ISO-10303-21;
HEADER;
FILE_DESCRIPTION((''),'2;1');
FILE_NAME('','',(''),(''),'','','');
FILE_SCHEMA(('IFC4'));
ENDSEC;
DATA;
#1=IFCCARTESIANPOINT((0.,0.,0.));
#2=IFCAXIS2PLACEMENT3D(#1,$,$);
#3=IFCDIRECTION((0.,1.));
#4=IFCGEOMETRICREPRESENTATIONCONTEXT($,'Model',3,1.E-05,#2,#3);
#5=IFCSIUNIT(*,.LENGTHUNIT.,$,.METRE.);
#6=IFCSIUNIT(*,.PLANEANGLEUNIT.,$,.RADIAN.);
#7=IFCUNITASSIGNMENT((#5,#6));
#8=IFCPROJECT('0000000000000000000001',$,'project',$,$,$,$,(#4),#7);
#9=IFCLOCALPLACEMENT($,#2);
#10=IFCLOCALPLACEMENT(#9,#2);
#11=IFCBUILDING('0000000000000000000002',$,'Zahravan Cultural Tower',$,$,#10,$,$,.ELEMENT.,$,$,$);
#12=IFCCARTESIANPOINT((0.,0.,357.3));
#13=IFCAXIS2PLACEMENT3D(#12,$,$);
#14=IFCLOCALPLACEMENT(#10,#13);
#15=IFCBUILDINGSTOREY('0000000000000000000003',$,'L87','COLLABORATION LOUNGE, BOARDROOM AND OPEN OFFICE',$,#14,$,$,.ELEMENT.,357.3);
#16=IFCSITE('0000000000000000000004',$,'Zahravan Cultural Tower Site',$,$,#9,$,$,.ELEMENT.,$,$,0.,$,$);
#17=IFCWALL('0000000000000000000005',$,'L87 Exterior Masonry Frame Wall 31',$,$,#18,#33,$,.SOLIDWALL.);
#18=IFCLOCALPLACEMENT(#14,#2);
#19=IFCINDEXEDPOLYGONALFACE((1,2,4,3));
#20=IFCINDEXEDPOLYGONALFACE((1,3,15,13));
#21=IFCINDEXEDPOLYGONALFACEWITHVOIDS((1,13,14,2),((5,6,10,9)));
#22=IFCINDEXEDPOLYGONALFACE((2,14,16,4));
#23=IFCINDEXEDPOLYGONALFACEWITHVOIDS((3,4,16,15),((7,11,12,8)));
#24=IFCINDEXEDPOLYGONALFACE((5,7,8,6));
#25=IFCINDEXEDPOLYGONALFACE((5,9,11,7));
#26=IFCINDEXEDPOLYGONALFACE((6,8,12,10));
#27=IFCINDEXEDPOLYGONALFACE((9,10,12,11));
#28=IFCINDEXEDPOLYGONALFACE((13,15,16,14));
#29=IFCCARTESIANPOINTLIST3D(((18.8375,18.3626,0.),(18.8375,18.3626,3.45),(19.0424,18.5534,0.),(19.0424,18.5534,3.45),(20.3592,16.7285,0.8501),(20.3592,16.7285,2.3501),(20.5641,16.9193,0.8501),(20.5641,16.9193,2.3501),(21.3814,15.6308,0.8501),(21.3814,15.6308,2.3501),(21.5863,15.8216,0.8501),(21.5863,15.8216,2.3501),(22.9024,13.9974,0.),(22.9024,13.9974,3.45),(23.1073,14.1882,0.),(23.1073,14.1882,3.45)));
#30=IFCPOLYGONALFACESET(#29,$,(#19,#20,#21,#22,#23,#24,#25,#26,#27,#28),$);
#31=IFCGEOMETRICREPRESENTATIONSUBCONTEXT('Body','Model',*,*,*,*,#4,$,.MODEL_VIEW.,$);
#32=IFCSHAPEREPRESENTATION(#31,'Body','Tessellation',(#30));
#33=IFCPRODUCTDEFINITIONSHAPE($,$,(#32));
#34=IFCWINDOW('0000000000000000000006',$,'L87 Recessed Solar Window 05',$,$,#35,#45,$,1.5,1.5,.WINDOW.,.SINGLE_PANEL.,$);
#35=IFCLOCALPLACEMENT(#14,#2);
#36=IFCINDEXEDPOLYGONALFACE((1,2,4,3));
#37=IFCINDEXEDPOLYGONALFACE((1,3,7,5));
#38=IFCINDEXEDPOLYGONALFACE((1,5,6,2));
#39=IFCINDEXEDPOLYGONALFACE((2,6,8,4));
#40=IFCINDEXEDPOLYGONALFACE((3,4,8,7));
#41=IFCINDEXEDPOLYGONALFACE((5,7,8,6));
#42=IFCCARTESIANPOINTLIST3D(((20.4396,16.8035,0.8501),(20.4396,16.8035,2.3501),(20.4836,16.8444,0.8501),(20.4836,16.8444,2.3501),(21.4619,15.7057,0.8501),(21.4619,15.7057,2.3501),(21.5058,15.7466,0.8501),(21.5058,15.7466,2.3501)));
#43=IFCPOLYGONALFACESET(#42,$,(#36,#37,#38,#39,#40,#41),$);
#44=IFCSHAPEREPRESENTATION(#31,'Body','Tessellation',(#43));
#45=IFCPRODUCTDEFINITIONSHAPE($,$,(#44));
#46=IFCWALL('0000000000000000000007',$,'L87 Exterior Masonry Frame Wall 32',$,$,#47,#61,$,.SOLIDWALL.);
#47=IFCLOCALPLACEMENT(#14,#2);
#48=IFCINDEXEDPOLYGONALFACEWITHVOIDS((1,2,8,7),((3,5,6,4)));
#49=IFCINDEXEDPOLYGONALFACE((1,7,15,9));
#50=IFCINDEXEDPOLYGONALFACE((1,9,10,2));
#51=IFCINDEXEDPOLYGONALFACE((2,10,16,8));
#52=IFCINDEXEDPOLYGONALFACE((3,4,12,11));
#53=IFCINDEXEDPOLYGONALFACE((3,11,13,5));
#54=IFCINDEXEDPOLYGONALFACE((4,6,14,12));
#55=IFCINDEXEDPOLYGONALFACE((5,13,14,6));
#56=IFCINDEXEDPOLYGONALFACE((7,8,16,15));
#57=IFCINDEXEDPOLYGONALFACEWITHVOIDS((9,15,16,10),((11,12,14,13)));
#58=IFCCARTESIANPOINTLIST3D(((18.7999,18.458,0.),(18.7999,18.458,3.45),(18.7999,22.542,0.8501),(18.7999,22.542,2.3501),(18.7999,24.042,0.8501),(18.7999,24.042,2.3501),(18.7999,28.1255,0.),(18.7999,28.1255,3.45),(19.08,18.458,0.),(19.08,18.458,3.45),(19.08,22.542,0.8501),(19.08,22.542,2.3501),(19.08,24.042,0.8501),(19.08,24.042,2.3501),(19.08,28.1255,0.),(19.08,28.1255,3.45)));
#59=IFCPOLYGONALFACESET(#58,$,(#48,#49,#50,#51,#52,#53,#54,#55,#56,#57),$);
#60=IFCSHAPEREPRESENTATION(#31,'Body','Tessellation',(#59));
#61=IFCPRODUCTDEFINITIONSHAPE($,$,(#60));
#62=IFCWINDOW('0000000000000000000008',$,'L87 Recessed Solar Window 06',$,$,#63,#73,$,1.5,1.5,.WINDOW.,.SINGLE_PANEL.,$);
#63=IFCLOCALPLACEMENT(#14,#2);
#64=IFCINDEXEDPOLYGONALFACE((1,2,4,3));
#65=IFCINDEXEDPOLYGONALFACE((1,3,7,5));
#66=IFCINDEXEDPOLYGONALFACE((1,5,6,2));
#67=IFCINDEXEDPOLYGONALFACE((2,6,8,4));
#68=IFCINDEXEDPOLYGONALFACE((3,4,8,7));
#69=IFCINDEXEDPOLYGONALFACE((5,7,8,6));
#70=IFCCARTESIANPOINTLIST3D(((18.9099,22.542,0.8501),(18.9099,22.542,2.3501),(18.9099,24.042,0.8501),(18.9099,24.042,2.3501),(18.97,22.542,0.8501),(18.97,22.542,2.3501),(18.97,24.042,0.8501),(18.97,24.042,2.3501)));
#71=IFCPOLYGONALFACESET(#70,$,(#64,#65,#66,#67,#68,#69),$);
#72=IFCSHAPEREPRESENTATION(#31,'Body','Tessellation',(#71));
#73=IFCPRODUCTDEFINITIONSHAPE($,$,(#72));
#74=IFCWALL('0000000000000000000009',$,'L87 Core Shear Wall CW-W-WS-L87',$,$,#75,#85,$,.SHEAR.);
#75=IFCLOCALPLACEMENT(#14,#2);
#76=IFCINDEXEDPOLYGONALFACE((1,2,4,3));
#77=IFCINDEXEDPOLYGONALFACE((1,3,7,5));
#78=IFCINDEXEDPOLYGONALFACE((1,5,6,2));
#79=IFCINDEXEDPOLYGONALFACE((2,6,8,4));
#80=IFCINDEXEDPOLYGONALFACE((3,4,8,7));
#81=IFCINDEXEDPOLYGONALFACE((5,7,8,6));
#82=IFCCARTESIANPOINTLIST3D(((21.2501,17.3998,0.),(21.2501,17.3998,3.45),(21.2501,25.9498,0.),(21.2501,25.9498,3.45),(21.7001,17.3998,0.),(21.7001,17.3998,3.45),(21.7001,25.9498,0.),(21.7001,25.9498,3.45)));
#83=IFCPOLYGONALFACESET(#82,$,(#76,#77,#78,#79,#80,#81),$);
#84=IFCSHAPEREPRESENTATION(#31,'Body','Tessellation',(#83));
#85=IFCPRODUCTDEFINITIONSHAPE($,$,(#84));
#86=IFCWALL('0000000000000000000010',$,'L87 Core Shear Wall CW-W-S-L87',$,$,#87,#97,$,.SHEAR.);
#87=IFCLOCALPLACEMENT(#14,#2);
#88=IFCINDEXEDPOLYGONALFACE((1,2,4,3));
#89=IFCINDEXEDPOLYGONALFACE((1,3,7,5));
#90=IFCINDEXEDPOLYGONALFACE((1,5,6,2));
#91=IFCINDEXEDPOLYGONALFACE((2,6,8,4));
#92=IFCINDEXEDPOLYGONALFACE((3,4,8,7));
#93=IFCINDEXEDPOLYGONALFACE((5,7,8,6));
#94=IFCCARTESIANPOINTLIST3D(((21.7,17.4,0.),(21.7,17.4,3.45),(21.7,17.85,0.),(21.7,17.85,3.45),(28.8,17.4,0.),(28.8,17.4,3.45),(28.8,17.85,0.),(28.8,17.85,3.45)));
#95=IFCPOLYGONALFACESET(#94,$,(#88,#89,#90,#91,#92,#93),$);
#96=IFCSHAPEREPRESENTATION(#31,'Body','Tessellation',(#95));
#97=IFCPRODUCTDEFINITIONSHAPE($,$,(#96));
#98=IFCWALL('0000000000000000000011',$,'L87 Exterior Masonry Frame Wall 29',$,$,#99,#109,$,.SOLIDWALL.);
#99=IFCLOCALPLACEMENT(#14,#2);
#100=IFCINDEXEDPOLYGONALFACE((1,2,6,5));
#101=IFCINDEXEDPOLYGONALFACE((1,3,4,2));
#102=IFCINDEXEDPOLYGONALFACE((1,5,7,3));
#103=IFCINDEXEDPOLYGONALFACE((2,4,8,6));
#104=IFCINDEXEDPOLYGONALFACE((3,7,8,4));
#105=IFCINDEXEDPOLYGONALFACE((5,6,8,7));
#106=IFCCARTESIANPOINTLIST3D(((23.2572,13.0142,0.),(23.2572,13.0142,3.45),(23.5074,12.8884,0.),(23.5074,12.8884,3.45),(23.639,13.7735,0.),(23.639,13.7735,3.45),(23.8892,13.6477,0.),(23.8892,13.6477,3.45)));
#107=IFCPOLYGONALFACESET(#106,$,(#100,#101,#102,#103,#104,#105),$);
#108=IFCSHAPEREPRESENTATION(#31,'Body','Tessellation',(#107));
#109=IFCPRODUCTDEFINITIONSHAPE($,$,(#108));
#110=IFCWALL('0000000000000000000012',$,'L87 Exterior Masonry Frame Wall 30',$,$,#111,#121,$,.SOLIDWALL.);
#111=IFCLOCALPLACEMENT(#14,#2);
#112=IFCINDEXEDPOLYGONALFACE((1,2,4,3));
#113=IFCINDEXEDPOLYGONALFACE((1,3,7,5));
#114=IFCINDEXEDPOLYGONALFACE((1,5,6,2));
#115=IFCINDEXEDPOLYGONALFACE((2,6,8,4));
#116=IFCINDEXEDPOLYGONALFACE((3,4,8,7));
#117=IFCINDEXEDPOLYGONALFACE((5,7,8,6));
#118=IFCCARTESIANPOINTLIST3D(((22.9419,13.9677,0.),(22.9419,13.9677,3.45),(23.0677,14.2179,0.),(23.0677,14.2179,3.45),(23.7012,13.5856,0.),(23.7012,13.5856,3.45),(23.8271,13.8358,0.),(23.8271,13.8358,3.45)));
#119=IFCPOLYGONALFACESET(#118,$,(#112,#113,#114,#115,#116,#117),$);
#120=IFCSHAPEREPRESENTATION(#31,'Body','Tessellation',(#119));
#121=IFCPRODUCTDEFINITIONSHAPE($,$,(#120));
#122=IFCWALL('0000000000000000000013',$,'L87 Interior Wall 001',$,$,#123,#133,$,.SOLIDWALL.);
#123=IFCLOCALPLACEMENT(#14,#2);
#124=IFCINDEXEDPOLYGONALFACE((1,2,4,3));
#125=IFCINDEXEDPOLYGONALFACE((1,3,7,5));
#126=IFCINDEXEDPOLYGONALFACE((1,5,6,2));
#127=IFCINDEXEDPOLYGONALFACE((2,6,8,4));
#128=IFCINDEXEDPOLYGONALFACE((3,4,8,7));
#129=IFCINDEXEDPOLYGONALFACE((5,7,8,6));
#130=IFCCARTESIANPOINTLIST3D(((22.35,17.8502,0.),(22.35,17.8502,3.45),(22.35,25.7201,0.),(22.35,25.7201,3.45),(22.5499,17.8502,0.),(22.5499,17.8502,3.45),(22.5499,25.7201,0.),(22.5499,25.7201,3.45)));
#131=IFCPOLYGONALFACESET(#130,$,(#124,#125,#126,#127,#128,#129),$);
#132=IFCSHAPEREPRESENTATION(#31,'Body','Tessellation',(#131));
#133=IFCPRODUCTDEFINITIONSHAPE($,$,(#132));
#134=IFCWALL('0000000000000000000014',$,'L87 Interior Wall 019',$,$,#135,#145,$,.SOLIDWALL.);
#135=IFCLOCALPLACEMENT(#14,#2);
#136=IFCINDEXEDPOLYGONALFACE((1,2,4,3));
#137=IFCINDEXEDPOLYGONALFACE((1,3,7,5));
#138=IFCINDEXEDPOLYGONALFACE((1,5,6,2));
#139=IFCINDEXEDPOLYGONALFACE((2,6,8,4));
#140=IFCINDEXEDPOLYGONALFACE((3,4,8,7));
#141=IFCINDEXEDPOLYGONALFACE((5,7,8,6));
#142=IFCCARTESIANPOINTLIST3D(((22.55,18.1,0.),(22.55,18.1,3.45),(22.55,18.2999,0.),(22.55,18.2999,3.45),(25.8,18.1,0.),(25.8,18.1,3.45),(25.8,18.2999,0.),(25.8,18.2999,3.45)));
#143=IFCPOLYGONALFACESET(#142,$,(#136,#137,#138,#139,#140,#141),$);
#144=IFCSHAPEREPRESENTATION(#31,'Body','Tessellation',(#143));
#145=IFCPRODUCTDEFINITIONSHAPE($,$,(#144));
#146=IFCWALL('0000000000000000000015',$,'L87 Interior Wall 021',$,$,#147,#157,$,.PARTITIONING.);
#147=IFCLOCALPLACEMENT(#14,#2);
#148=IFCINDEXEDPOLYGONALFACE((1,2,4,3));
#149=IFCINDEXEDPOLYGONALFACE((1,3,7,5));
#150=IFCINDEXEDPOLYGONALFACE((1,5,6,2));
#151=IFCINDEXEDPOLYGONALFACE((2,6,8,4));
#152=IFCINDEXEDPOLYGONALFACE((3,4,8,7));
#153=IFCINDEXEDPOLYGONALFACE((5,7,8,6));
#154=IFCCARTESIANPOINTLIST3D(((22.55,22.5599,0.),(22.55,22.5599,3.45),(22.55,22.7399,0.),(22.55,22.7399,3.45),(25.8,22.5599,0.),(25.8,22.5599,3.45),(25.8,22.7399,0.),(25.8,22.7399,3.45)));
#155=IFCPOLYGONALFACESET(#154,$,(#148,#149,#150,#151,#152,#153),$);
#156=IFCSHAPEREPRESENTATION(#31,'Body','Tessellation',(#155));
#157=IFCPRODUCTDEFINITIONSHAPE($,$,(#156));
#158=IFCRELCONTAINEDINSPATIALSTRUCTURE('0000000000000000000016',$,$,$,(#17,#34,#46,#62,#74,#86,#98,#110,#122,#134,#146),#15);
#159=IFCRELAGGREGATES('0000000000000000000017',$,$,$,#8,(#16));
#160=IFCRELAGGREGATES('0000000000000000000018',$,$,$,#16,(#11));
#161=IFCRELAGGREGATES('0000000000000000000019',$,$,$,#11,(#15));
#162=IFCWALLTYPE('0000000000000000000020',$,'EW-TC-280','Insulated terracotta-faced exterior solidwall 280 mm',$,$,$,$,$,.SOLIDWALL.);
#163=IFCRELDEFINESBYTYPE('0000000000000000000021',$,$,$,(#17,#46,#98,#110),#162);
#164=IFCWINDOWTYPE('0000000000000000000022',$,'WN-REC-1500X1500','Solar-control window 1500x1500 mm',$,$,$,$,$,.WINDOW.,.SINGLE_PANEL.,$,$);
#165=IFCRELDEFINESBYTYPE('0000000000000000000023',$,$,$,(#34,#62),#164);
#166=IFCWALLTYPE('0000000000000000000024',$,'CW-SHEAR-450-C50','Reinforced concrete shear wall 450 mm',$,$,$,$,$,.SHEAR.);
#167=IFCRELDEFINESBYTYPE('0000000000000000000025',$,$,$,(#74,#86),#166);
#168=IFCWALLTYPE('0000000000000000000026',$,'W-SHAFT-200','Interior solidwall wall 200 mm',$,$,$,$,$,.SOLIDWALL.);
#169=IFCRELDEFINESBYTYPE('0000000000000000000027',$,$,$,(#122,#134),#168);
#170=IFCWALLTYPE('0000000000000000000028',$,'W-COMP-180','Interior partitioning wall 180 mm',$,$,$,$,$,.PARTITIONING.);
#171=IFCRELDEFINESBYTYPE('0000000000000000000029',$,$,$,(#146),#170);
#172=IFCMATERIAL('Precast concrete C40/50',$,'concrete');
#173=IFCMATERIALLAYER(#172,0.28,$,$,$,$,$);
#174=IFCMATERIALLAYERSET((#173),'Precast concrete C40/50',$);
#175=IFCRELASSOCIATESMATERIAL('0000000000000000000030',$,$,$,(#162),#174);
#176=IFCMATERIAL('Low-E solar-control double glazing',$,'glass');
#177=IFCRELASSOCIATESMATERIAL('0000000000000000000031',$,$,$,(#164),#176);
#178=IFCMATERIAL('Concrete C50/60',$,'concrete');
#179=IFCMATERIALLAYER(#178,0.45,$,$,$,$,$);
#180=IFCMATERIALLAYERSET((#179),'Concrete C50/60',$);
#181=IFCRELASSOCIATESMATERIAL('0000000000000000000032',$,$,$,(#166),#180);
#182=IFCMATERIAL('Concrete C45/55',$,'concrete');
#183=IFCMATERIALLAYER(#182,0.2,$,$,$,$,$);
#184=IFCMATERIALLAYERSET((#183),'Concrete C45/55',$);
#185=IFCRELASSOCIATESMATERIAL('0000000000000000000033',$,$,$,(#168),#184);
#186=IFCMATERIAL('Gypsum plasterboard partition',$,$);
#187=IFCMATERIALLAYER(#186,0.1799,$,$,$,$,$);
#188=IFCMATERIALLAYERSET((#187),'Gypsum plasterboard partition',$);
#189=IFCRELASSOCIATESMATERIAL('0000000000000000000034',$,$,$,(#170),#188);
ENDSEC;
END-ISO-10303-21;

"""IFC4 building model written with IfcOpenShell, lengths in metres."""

from ifc_helpers import new_model, si_unit, direction, frame, frame_2d, origin, place, context, subcontext, project, spatial, rectangle, extrude, source, transform, mapped, material, layer, layer_set, type_object, element, fill, save


model = new_model("IFC4")

# Units and contexts
model_context = context("Model", 3, precision=1e-05, world=origin(), true_north=direction((0.0, 1.0)))
body_context = subcontext(model_context, "Body", "Model", "MODEL_VIEW")
ifc_project = project(units=[si_unit("LENGTHUNIT", "METRE"), si_unit("PLANEANGLEUNIT", "RADIAN")], contexts=[model_context])

# Site, building, storey
site_placement = place(None, origin())
site = spatial("IfcSite", under=ifc_project, at=site_placement, Name="Zahravan Cultural Tower Site", CompositionType="ELEMENT", RefElevation=0.0)
building_placement = place(site_placement, origin())
building = spatial("IfcBuilding", under=site, at=building_placement, Name="Zahravan Cultural Tower", CompositionType="ELEMENT")
storey_placement = place(building_placement, frame((0.0, 0.0, 357.3)))
storey = spatial("IfcBuildingStorey", under=building, at=storey_placement, Name="L87", Description="COLLABORATION LOUNGE, BOARDROOM AND OPEN OFFICE", CompositionType="ELEMENT", Elevation=357.3)

# Shared definitions
ifc_material_1 = material(Name="Concrete C50/60", Category="concrete")

# Shared definitions
ifc_material_2 = material(Name="Concrete C45/55", Category="concrete")

# Shared definitions
ifc_material_3 = material(Name="Low-E solar-control double glazing", Category="glass")

# Walls, openings, windows
ifc_material_4 = material(Name="Precast concrete C40/50", Category="concrete")
ifc_layer_1 = layer(ifc_material_4, 0.28)
ifc_layer_set_1 = layer_set([ifc_layer_1], Name="Precast concrete C40/50")
wall_type_1 = type_object("IfcWallType", Name="EW-TC-280", Description="Insulated terracotta-faced exterior solidwall 280 mm", PredefinedType="SOLIDWALL", material=ifc_layer_set_1)
wall_1_placement = place(storey_placement, frame((23.0049, 14.0928, 0.0), z_axis=(0.0, 0.0, 1.0), x_axis=(-0.681487, 0.731831, 0.0)))
wall_1 = element("IfcWall", 1, at=wall_1_placement, inside=storey, type_object=wall_type_1, Name="L87 Exterior Masonry Frame Wall 31", PredefinedType="SOLIDWALL", context=body_context, shape_type="SweptSolid", body=[
    extrude(rectangle(XDim=5.9648, YDim=0.28, at=frame_2d((2.9824, 0.0))), origin(), (0.0, 0.0, 1.0), 3.45),
])
opening_1_placement = place(wall_1_placement, frame((2.2319, 0.0, 0.8501)))
opening_1 = element("IfcOpeningElement", 2, at=opening_1_placement, cuts=wall_1, PredefinedType="OPENING", context=body_context, shape_type="SweptSolid", body=[
    extrude(rectangle(XDim=1.5, YDim=1.5, at=frame_2d((0.75, 0.75))), frame((0.0, 0.1499, 0.0), z_axis=(0.0, -1.0, 0.0), x_axis=(1.0, 0.0, 0.0)), (0.0, 0.0, 1.0), 0.3),
])
window_type = type_object("IfcWindowType", Name="WN-REC-1500X1500", Description="Solar-control window 1500x1500 mm", PartitioningType="SINGLE_PANEL", PredefinedType="WINDOW", material=ifc_material_3)
shared_shape_1 = source(origin(), body_context, "Body", "SweptSolid", [
    extrude(rectangle(XDim=1.5, YDim=1.5, at=frame_2d((0.75, 0.75))), frame((0.0, 0.03, 0.0), z_axis=(0.0, -1.0, 0.0), x_axis=(1.0, 0.0, 0.0)), (0.0, 0.0, 1.0), 0.0601),
])
window_1_placement = place(opening_1_placement, origin())
window_1 = element("IfcWindow", 3, at=window_1_placement, inside=storey, type_object=window_type, Name="L87 Recessed Solar Window 05", OverallHeight=1.5, OverallWidth=1.5, PartitioningType="SINGLE_PANEL", PredefinedType="WINDOW", context=body_context, shape_type="MappedRepresentation", body=[
    mapped(shared_shape_1, transform((0.0, 0.0, 0.0), x_axis=(1.0, 0.0, 0.0), y_axis=(0.0, 1.0, 0.0), z_axis=(0.0, 0.0, 1.0), scale=1.0)),
])
fill(opening_1, window_1)
wall_2_placement = place(storey_placement, frame((18.9399, 18.458, 0.0), z_axis=(0.0, 0.0, 1.0), x_axis=(0.0, 1.0, 0.0)))
wall_2 = element("IfcWall", 4, at=wall_2_placement, inside=storey, type_object=wall_type_1, Name="L87 Exterior Masonry Frame Wall 32", PredefinedType="SOLIDWALL", context=body_context, shape_type="SweptSolid", body=[
    extrude(rectangle(XDim=9.6675, YDim=0.28, at=frame_2d((4.8337, 0.0))), origin(), (0.0, 0.0, 1.0), 3.45),
])
opening_2_placement = place(wall_2_placement, frame((4.084, 0.0, 0.8501)))
opening_2 = element("IfcOpeningElement", 5, at=opening_2_placement, cuts=wall_2, PredefinedType="OPENING", context=body_context, shape_type="SweptSolid", body=[
    extrude(rectangle(XDim=1.5, YDim=1.5, at=frame_2d((0.75, 0.75))), frame((0.0, 0.1499, 0.0), z_axis=(0.0, -1.0, 0.0), x_axis=(1.0, 0.0, 0.0)), (0.0, 0.0, 1.0), 0.3),
])
window_2_placement = place(opening_2_placement, origin())
window_2 = element("IfcWindow", 6, at=window_2_placement, inside=storey, type_object=window_type, Name="L87 Recessed Solar Window 06", OverallHeight=1.5, OverallWidth=1.5, PartitioningType="SINGLE_PANEL", PredefinedType="WINDOW", context=body_context, shape_type="MappedRepresentation", body=[
    mapped(shared_shape_1, transform((0.0, 0.0, 0.0), x_axis=(1.0, 0.0, 0.0), y_axis=(0.0, 1.0, 0.0), z_axis=(0.0, 0.0, 1.0), scale=1.0)),
])
fill(opening_2, window_2)

# Walls
ifc_layer_2 = layer(ifc_material_1, 0.45)
ifc_layer_set_2 = layer_set([ifc_layer_2], Name="Concrete C50/60")
wall_type_2 = type_object("IfcWallType", Name="CW-SHEAR-450-C50", Description="Reinforced concrete shear wall 450 mm", PredefinedType="SHEAR", material=ifc_layer_set_2)
shared_shape_2 = source(origin(), body_context, "Body", "SweptSolid", [
    extrude(rectangle(XDim=8.55, YDim=0.45, at=frame_2d((4.2749, 0.0))), origin(), (0.0, 0.0, 1.0), 3.45),
])
wall_3_placement = place(storey_placement, frame((21.4751, 17.3999, 0.0), z_axis=(0.0, 0.0, 1.0), x_axis=(0.0, 1.0, 0.0)))
element("IfcWall", 7, at=wall_3_placement, inside=storey, type_object=wall_type_2, Name="L87 Core Shear Wall CW-W-WS-L87", PredefinedType="SHEAR", context=body_context, shape_type="MappedRepresentation", body=[
    mapped(shared_shape_2, transform((0.0, 0.0, 0.0), x_axis=(1.0, 0.0, 0.0), y_axis=(0.0, 1.0, 0.0), z_axis=(0.0, 0.0, 1.0), scale=1.0)),
])
shared_shape_3 = source(origin(), body_context, "Body", "SweptSolid", [
    extrude(rectangle(XDim=7.1001, YDim=0.45, at=frame_2d((3.55, 0.0))), origin(), (0.0, 0.0, 1.0), 3.45),
])
wall_4_placement = place(storey_placement, frame((21.7, 17.625, 0.0), z_axis=(0.0, 0.0, 1.0), x_axis=(1.0, 0.0, 0.0)))
element("IfcWall", 8, at=wall_4_placement, inside=storey, type_object=wall_type_2, Name="L87 Core Shear Wall CW-W-S-L87", PredefinedType="SHEAR", context=body_context, shape_type="MappedRepresentation", body=[
    mapped(shared_shape_3, transform((0.0, 0.0, 0.0), x_axis=(1.0, 0.0, 0.0), y_axis=(0.0, 1.0, 0.0), z_axis=(0.0, 0.0, 1.0), scale=1.0)),
])
shared_shape_4 = source(origin(), body_context, "Body", "SweptSolid", [
    extrude(rectangle(XDim=0.8499, YDim=0.28, at=frame_2d((0.4248, 0.0))), origin(), (0.0, 0.0, 1.0), 3.45),
])
wall_5_placement = place(storey_placement, frame((23.3823, 12.9514, 0.0), z_axis=(0.0, 0.0, 1.0), x_axis=(0.449281, 0.893391, 0.0)))
element("IfcWall", 9, at=wall_5_placement, inside=storey, type_object=wall_type_1, Name="L87 Exterior Masonry Frame Wall 29", PredefinedType="SOLIDWALL", context=body_context, shape_type="MappedRepresentation", body=[
    mapped(shared_shape_4, transform((0.0, 0.0, 0.0), x_axis=(1.0, 0.0, 0.0), y_axis=(0.0, 1.0, 0.0), z_axis=(0.0, 0.0, 1.0), scale=1.0)),
])
shared_shape_5 = source(origin(), body_context, "Body", "SweptSolid", [
    extrude(rectangle(XDim=0.8501, YDim=0.28, at=frame_2d((0.425, 0.0))), origin(), (0.0, 0.0, 1.0), 3.45),
])
wall_6_placement = place(storey_placement, frame((23.7642, 13.7107, 0.0), z_axis=(0.0, 0.0, 1.0), x_axis=(-0.893275, 0.44951, 0.0)))
element("IfcWall", 10, at=wall_6_placement, inside=storey, type_object=wall_type_1, Name="L87 Exterior Masonry Frame Wall 30", PredefinedType="SOLIDWALL", context=body_context, shape_type="MappedRepresentation", body=[
    mapped(shared_shape_5, transform((0.0, 0.0, 0.0), x_axis=(1.0, 0.0, 0.0), y_axis=(0.0, 1.0, 0.0), z_axis=(0.0, 0.0, 1.0), scale=1.0)),
])
ifc_layer_3 = layer(ifc_material_2, 0.2)
ifc_layer_set_3 = layer_set([ifc_layer_3], Name="Concrete C45/55")
wall_type_3 = type_object("IfcWallType", Name="W-SHAFT-200", Description="Interior solidwall wall 200 mm", PredefinedType="SOLIDWALL", material=ifc_layer_set_3)
shared_shape_6 = source(origin(), body_context, "Body", "SweptSolid", [
    extrude(rectangle(XDim=7.8699, YDim=0.2, at=frame_2d((3.9351, 0.0))), origin(), (0.0, 0.0, 1.0), 3.45),
])
wall_7_placement = place(storey_placement, frame((22.45, 17.8501, 0.0), z_axis=(0.0, 0.0, 1.0), x_axis=(0.0, 1.0, 0.0)))
element("IfcWall", 11, at=wall_7_placement, inside=storey, type_object=wall_type_3, Name="L87 Interior Wall 001", PredefinedType="SOLIDWALL", context=body_context, shape_type="MappedRepresentation", body=[
    mapped(shared_shape_6, transform((0.0, 0.0, 0.0), x_axis=(1.0, 0.0, 0.0), y_axis=(0.0, 1.0, 0.0), z_axis=(0.0, 0.0, 1.0), scale=1.0)),
])
shared_shape_7 = source(origin(), body_context, "Body", "SweptSolid", [
    extrude(rectangle(XDim=3.25, YDim=0.2, at=frame_2d((1.625, 0.0))), origin(), (0.0, 0.0, 1.0), 3.45),
])
wall_8_placement = place(storey_placement, frame((22.55, 18.2, 0.0), z_axis=(0.0, 0.0, 1.0), x_axis=(1.0, 0.0, 0.0)))
element("IfcWall", 12, at=wall_8_placement, inside=storey, type_object=wall_type_3, Name="L87 Interior Wall 019", PredefinedType="SOLIDWALL", context=body_context, shape_type="MappedRepresentation", body=[
    mapped(shared_shape_7, transform((0.0, 0.0, 0.0), x_axis=(1.0, 0.0, 0.0), y_axis=(0.0, 1.0, 0.0), z_axis=(0.0, 0.0, 1.0), scale=1.0)),
])
ifc_material_5 = material(Name="Gypsum plasterboard partition")
ifc_layer_4 = layer(ifc_material_5, 0.1799)
ifc_layer_set_4 = layer_set([ifc_layer_4], Name="Gypsum plasterboard partition")
wall_type_4 = type_object("IfcWallType", Name="W-COMP-180", Description="Interior partitioning wall 180 mm", PredefinedType="PARTITIONING", material=ifc_layer_set_4)
shared_shape_8 = source(origin(), body_context, "Body", "SweptSolid", [
    extrude(rectangle(XDim=3.25, YDim=0.1799, at=frame_2d((1.625, 0.0))), origin(), (0.0, 0.0, 1.0), 3.45),
])
wall_9_placement = place(storey_placement, frame((22.55, 22.6499, 0.0), z_axis=(0.0, 0.0, 1.0), x_axis=(1.0, 0.0, 0.0)))
element("IfcWall", 13, at=wall_9_placement, inside=storey, type_object=wall_type_4, Name="L87 Interior Wall 021", PredefinedType="PARTITIONING", context=body_context, shape_type="MappedRepresentation", body=[
    mapped(shared_shape_8, transform((0.0, 0.0, 0.0), x_axis=(1.0, 0.0, 0.0), y_axis=(0.0, 1.0, 0.0), z_axis=(0.0, 0.0, 1.0), scale=1.0)),
])

save(model, "model.ifc")
